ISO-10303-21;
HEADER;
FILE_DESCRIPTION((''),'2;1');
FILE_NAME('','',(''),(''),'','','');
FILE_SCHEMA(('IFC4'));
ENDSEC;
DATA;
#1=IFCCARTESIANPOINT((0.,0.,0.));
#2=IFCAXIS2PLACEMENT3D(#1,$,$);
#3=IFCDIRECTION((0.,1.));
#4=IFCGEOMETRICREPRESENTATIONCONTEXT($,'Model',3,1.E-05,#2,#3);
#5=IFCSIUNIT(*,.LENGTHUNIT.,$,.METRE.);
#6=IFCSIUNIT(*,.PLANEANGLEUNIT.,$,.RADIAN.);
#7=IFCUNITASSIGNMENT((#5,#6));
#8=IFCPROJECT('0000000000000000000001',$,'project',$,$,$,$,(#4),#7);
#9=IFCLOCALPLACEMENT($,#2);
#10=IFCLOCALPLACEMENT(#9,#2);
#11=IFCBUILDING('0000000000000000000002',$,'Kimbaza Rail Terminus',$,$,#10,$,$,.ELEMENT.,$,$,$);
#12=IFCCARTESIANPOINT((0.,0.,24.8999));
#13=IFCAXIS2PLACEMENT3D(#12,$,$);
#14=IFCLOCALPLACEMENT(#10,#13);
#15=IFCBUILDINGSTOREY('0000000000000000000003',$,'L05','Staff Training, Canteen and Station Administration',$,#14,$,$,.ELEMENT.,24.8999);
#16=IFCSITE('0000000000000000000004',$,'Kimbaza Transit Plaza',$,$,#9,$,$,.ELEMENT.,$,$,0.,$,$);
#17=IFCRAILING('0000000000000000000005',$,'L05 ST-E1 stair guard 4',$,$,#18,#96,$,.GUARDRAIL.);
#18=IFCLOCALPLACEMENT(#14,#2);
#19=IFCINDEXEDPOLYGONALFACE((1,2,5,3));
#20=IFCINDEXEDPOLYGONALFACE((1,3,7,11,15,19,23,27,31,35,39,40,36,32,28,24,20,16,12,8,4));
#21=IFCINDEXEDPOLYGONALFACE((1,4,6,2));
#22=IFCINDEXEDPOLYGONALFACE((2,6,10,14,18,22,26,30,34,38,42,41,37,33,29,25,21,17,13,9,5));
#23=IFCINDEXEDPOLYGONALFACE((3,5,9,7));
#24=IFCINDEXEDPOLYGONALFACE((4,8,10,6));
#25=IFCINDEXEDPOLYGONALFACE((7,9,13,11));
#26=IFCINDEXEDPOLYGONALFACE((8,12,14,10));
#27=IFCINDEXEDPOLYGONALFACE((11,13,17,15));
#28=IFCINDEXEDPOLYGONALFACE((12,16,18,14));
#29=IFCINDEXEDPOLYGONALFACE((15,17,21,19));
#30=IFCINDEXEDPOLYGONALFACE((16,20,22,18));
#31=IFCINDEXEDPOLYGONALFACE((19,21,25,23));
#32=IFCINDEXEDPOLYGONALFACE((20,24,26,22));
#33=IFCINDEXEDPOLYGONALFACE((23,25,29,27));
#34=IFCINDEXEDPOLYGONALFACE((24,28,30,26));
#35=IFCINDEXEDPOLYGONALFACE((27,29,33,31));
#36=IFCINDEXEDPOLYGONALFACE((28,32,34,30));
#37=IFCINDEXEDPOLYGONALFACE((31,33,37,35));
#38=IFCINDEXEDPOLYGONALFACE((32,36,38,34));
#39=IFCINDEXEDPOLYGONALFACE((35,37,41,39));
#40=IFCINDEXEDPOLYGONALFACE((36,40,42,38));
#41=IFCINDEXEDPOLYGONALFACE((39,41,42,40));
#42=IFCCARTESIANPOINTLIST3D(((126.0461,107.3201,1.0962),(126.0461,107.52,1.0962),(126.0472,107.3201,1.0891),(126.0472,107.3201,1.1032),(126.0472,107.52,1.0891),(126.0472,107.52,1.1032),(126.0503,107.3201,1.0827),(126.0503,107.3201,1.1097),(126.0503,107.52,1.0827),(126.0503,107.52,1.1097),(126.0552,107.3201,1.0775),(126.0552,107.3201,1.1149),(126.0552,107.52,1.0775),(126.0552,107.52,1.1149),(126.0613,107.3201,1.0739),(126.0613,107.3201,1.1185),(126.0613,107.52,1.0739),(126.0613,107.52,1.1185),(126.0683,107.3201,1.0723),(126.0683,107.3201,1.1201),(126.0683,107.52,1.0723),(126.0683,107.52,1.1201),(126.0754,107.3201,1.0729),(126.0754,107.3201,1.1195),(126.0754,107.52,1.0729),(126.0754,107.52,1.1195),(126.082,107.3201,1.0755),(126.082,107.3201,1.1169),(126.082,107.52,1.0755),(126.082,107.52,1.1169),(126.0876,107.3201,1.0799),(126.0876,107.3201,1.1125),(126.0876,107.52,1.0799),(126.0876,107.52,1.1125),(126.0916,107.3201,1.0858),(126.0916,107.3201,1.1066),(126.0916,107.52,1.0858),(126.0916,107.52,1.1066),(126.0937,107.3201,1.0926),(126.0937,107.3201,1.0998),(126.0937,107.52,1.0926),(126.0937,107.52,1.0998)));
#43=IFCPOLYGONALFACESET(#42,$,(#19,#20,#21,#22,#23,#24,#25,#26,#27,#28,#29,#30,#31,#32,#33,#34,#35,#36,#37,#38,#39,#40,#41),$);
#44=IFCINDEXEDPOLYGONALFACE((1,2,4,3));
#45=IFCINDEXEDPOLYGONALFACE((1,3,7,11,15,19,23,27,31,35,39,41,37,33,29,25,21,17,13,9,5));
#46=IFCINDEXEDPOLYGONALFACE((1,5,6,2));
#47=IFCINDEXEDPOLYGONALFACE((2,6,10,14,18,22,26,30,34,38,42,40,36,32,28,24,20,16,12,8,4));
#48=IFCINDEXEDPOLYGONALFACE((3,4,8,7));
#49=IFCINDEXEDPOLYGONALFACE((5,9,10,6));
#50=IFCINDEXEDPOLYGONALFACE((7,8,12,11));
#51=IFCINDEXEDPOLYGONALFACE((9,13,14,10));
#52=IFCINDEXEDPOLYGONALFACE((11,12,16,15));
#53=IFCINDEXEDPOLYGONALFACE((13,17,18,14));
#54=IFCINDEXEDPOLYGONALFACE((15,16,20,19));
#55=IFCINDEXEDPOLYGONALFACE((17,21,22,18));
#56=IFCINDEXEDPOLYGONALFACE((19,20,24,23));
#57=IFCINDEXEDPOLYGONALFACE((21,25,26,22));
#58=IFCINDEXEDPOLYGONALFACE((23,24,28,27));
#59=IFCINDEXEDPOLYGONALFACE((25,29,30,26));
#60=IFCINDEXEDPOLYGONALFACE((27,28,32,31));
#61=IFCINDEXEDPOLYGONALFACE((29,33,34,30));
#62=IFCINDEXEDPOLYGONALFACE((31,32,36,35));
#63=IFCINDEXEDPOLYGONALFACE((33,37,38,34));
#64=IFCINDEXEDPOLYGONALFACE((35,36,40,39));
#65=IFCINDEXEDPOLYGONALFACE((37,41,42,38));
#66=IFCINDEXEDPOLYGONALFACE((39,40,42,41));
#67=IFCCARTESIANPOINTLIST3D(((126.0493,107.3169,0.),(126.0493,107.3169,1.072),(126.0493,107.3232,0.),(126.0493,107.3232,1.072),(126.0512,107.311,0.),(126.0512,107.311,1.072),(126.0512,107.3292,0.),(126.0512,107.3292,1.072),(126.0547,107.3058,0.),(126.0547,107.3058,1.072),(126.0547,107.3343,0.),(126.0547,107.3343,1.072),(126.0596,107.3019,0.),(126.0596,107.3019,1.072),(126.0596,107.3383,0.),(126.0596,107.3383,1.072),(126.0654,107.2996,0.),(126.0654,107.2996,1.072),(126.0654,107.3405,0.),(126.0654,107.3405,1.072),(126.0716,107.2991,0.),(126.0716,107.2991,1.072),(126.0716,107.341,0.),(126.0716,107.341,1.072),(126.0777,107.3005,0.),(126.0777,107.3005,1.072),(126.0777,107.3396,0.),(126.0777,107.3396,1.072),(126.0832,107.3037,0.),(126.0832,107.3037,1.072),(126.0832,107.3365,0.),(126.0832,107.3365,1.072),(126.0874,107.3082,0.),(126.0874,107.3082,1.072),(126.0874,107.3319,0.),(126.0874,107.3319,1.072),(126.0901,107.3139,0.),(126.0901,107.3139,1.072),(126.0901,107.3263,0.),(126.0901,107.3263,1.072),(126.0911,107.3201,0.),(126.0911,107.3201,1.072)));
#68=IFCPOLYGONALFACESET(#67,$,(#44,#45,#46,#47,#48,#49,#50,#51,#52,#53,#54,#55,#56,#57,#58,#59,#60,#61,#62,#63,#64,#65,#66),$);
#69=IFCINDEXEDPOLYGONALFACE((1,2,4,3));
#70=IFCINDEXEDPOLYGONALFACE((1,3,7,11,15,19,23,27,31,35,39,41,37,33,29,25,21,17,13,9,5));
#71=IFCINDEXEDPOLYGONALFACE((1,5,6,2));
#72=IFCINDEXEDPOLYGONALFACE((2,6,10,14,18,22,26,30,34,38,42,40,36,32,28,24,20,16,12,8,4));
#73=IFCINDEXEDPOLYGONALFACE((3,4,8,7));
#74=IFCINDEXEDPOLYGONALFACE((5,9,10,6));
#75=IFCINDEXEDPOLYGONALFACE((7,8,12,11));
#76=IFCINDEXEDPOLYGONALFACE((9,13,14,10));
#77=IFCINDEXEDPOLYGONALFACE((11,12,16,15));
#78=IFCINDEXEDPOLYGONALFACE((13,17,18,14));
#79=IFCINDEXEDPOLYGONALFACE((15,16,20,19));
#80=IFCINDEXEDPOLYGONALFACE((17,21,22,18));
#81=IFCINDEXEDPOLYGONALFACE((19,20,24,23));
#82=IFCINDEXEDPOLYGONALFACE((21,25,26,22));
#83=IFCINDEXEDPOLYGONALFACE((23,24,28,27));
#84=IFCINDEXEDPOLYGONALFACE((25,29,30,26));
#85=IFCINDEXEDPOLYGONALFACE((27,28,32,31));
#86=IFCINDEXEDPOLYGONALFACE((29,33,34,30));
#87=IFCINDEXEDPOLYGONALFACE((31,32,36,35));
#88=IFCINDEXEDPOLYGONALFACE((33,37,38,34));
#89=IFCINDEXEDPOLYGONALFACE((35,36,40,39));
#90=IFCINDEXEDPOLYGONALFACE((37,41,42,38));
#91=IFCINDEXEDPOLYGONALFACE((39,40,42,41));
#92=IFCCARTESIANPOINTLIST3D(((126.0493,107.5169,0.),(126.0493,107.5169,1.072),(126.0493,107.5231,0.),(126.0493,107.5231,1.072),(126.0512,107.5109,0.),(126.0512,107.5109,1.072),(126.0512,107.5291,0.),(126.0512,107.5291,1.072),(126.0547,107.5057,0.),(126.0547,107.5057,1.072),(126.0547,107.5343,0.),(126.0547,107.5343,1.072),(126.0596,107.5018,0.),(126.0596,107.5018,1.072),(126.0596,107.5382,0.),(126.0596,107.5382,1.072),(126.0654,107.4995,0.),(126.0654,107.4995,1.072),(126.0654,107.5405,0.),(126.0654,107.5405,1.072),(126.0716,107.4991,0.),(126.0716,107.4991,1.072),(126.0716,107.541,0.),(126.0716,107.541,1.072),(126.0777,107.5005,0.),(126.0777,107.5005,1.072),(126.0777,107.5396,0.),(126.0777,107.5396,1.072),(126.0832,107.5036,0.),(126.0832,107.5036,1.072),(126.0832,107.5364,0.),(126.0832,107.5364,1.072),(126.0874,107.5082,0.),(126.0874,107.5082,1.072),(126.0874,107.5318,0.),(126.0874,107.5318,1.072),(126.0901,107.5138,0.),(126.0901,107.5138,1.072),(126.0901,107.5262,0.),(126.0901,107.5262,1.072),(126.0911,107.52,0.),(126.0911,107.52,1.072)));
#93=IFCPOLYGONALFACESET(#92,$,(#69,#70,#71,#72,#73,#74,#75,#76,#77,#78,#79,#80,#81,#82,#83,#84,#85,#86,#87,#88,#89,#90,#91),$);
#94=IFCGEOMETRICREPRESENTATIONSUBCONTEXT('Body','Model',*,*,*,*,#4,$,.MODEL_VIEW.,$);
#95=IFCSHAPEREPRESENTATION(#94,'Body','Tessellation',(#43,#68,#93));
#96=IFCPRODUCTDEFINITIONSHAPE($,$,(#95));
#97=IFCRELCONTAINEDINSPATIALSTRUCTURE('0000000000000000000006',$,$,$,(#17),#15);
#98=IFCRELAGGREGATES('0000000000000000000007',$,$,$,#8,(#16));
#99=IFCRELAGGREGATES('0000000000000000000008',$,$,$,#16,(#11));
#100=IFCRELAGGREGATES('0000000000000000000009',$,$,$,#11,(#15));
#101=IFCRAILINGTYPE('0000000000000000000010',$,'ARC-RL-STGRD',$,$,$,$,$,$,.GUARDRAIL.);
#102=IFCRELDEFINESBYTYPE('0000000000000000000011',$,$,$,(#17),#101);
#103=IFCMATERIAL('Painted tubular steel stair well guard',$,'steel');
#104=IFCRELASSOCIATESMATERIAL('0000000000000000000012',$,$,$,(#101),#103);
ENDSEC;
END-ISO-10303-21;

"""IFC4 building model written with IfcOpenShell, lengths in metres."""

from ifc_helpers import new_model, si_unit, direction, frame, origin, origin_2d, place, context, subcontext, project, spatial, circle, extrude, material, type_object, element, save


model = new_model("IFC4")

# Units and contexts
model_context = context("Model", 3, precision=1e-05, world=origin(), true_north=direction((0.0, 1.0)))
body_context = subcontext(model_context, "Body", "Model", "MODEL_VIEW")
ifc_project = project(units=[si_unit("LENGTHUNIT", "METRE"), si_unit("PLANEANGLEUNIT", "RADIAN")], contexts=[model_context])

# Site, building, storey
site_placement = place(None, origin())
site = spatial("IfcSite", under=ifc_project, at=site_placement, Name="Kimbaza Transit Plaza", CompositionType="ELEMENT", RefElevation=0.0)
building_placement = place(site_placement, origin())
building = spatial("IfcBuilding", under=site, at=building_placement, Name="Kimbaza Rail Terminus", CompositionType="ELEMENT")
storey_placement = place(building_placement, frame((0.0, 0.0, 24.8999)))
storey = spatial("IfcBuildingStorey", under=building, at=storey_placement, Name="L05", Description="Staff Training, Canteen and Station Administration", CompositionType="ELEMENT", Elevation=24.8999)

# Railing
ifc_material_1 = material(Name="Painted tubular steel stair well guard", Category="steel")
railing_type_1 = type_object("IfcRailingType", Name="ARC-RL-STGRD", PredefinedType="GUARDRAIL", material=ifc_material_1)
railing_1_placement = place(storey_placement, frame((126.0701, 107.3201, 0.0)))
element("IfcRailing", 1, at=railing_1_placement, inside=storey, type_object=railing_type_1, Name="L05 ST-E1 stair guard 4", PredefinedType="GUARDRAIL", context=body_context, shape_type="SweptSolid", body=[
    extrude(circle(Radius=0.0239, at=origin_2d()), frame((0.0, 0.0, 1.0962), z_axis=(0.0, 1.0, 0.0), x_axis=(-1.0, 0.0, 0.0)), (0.0, 0.0, 1.0), 0.2),
    extrude(circle(Radius=0.021, at=origin_2d()), origin(), (0.0, 0.0, 1.0), 1.072),
    extrude(circle(Radius=0.021, at=origin_2d()), frame((0.0, 0.2, 0.0)), (0.0, 0.0, 1.0), 1.072),
])

save(model, "model.ifc")
